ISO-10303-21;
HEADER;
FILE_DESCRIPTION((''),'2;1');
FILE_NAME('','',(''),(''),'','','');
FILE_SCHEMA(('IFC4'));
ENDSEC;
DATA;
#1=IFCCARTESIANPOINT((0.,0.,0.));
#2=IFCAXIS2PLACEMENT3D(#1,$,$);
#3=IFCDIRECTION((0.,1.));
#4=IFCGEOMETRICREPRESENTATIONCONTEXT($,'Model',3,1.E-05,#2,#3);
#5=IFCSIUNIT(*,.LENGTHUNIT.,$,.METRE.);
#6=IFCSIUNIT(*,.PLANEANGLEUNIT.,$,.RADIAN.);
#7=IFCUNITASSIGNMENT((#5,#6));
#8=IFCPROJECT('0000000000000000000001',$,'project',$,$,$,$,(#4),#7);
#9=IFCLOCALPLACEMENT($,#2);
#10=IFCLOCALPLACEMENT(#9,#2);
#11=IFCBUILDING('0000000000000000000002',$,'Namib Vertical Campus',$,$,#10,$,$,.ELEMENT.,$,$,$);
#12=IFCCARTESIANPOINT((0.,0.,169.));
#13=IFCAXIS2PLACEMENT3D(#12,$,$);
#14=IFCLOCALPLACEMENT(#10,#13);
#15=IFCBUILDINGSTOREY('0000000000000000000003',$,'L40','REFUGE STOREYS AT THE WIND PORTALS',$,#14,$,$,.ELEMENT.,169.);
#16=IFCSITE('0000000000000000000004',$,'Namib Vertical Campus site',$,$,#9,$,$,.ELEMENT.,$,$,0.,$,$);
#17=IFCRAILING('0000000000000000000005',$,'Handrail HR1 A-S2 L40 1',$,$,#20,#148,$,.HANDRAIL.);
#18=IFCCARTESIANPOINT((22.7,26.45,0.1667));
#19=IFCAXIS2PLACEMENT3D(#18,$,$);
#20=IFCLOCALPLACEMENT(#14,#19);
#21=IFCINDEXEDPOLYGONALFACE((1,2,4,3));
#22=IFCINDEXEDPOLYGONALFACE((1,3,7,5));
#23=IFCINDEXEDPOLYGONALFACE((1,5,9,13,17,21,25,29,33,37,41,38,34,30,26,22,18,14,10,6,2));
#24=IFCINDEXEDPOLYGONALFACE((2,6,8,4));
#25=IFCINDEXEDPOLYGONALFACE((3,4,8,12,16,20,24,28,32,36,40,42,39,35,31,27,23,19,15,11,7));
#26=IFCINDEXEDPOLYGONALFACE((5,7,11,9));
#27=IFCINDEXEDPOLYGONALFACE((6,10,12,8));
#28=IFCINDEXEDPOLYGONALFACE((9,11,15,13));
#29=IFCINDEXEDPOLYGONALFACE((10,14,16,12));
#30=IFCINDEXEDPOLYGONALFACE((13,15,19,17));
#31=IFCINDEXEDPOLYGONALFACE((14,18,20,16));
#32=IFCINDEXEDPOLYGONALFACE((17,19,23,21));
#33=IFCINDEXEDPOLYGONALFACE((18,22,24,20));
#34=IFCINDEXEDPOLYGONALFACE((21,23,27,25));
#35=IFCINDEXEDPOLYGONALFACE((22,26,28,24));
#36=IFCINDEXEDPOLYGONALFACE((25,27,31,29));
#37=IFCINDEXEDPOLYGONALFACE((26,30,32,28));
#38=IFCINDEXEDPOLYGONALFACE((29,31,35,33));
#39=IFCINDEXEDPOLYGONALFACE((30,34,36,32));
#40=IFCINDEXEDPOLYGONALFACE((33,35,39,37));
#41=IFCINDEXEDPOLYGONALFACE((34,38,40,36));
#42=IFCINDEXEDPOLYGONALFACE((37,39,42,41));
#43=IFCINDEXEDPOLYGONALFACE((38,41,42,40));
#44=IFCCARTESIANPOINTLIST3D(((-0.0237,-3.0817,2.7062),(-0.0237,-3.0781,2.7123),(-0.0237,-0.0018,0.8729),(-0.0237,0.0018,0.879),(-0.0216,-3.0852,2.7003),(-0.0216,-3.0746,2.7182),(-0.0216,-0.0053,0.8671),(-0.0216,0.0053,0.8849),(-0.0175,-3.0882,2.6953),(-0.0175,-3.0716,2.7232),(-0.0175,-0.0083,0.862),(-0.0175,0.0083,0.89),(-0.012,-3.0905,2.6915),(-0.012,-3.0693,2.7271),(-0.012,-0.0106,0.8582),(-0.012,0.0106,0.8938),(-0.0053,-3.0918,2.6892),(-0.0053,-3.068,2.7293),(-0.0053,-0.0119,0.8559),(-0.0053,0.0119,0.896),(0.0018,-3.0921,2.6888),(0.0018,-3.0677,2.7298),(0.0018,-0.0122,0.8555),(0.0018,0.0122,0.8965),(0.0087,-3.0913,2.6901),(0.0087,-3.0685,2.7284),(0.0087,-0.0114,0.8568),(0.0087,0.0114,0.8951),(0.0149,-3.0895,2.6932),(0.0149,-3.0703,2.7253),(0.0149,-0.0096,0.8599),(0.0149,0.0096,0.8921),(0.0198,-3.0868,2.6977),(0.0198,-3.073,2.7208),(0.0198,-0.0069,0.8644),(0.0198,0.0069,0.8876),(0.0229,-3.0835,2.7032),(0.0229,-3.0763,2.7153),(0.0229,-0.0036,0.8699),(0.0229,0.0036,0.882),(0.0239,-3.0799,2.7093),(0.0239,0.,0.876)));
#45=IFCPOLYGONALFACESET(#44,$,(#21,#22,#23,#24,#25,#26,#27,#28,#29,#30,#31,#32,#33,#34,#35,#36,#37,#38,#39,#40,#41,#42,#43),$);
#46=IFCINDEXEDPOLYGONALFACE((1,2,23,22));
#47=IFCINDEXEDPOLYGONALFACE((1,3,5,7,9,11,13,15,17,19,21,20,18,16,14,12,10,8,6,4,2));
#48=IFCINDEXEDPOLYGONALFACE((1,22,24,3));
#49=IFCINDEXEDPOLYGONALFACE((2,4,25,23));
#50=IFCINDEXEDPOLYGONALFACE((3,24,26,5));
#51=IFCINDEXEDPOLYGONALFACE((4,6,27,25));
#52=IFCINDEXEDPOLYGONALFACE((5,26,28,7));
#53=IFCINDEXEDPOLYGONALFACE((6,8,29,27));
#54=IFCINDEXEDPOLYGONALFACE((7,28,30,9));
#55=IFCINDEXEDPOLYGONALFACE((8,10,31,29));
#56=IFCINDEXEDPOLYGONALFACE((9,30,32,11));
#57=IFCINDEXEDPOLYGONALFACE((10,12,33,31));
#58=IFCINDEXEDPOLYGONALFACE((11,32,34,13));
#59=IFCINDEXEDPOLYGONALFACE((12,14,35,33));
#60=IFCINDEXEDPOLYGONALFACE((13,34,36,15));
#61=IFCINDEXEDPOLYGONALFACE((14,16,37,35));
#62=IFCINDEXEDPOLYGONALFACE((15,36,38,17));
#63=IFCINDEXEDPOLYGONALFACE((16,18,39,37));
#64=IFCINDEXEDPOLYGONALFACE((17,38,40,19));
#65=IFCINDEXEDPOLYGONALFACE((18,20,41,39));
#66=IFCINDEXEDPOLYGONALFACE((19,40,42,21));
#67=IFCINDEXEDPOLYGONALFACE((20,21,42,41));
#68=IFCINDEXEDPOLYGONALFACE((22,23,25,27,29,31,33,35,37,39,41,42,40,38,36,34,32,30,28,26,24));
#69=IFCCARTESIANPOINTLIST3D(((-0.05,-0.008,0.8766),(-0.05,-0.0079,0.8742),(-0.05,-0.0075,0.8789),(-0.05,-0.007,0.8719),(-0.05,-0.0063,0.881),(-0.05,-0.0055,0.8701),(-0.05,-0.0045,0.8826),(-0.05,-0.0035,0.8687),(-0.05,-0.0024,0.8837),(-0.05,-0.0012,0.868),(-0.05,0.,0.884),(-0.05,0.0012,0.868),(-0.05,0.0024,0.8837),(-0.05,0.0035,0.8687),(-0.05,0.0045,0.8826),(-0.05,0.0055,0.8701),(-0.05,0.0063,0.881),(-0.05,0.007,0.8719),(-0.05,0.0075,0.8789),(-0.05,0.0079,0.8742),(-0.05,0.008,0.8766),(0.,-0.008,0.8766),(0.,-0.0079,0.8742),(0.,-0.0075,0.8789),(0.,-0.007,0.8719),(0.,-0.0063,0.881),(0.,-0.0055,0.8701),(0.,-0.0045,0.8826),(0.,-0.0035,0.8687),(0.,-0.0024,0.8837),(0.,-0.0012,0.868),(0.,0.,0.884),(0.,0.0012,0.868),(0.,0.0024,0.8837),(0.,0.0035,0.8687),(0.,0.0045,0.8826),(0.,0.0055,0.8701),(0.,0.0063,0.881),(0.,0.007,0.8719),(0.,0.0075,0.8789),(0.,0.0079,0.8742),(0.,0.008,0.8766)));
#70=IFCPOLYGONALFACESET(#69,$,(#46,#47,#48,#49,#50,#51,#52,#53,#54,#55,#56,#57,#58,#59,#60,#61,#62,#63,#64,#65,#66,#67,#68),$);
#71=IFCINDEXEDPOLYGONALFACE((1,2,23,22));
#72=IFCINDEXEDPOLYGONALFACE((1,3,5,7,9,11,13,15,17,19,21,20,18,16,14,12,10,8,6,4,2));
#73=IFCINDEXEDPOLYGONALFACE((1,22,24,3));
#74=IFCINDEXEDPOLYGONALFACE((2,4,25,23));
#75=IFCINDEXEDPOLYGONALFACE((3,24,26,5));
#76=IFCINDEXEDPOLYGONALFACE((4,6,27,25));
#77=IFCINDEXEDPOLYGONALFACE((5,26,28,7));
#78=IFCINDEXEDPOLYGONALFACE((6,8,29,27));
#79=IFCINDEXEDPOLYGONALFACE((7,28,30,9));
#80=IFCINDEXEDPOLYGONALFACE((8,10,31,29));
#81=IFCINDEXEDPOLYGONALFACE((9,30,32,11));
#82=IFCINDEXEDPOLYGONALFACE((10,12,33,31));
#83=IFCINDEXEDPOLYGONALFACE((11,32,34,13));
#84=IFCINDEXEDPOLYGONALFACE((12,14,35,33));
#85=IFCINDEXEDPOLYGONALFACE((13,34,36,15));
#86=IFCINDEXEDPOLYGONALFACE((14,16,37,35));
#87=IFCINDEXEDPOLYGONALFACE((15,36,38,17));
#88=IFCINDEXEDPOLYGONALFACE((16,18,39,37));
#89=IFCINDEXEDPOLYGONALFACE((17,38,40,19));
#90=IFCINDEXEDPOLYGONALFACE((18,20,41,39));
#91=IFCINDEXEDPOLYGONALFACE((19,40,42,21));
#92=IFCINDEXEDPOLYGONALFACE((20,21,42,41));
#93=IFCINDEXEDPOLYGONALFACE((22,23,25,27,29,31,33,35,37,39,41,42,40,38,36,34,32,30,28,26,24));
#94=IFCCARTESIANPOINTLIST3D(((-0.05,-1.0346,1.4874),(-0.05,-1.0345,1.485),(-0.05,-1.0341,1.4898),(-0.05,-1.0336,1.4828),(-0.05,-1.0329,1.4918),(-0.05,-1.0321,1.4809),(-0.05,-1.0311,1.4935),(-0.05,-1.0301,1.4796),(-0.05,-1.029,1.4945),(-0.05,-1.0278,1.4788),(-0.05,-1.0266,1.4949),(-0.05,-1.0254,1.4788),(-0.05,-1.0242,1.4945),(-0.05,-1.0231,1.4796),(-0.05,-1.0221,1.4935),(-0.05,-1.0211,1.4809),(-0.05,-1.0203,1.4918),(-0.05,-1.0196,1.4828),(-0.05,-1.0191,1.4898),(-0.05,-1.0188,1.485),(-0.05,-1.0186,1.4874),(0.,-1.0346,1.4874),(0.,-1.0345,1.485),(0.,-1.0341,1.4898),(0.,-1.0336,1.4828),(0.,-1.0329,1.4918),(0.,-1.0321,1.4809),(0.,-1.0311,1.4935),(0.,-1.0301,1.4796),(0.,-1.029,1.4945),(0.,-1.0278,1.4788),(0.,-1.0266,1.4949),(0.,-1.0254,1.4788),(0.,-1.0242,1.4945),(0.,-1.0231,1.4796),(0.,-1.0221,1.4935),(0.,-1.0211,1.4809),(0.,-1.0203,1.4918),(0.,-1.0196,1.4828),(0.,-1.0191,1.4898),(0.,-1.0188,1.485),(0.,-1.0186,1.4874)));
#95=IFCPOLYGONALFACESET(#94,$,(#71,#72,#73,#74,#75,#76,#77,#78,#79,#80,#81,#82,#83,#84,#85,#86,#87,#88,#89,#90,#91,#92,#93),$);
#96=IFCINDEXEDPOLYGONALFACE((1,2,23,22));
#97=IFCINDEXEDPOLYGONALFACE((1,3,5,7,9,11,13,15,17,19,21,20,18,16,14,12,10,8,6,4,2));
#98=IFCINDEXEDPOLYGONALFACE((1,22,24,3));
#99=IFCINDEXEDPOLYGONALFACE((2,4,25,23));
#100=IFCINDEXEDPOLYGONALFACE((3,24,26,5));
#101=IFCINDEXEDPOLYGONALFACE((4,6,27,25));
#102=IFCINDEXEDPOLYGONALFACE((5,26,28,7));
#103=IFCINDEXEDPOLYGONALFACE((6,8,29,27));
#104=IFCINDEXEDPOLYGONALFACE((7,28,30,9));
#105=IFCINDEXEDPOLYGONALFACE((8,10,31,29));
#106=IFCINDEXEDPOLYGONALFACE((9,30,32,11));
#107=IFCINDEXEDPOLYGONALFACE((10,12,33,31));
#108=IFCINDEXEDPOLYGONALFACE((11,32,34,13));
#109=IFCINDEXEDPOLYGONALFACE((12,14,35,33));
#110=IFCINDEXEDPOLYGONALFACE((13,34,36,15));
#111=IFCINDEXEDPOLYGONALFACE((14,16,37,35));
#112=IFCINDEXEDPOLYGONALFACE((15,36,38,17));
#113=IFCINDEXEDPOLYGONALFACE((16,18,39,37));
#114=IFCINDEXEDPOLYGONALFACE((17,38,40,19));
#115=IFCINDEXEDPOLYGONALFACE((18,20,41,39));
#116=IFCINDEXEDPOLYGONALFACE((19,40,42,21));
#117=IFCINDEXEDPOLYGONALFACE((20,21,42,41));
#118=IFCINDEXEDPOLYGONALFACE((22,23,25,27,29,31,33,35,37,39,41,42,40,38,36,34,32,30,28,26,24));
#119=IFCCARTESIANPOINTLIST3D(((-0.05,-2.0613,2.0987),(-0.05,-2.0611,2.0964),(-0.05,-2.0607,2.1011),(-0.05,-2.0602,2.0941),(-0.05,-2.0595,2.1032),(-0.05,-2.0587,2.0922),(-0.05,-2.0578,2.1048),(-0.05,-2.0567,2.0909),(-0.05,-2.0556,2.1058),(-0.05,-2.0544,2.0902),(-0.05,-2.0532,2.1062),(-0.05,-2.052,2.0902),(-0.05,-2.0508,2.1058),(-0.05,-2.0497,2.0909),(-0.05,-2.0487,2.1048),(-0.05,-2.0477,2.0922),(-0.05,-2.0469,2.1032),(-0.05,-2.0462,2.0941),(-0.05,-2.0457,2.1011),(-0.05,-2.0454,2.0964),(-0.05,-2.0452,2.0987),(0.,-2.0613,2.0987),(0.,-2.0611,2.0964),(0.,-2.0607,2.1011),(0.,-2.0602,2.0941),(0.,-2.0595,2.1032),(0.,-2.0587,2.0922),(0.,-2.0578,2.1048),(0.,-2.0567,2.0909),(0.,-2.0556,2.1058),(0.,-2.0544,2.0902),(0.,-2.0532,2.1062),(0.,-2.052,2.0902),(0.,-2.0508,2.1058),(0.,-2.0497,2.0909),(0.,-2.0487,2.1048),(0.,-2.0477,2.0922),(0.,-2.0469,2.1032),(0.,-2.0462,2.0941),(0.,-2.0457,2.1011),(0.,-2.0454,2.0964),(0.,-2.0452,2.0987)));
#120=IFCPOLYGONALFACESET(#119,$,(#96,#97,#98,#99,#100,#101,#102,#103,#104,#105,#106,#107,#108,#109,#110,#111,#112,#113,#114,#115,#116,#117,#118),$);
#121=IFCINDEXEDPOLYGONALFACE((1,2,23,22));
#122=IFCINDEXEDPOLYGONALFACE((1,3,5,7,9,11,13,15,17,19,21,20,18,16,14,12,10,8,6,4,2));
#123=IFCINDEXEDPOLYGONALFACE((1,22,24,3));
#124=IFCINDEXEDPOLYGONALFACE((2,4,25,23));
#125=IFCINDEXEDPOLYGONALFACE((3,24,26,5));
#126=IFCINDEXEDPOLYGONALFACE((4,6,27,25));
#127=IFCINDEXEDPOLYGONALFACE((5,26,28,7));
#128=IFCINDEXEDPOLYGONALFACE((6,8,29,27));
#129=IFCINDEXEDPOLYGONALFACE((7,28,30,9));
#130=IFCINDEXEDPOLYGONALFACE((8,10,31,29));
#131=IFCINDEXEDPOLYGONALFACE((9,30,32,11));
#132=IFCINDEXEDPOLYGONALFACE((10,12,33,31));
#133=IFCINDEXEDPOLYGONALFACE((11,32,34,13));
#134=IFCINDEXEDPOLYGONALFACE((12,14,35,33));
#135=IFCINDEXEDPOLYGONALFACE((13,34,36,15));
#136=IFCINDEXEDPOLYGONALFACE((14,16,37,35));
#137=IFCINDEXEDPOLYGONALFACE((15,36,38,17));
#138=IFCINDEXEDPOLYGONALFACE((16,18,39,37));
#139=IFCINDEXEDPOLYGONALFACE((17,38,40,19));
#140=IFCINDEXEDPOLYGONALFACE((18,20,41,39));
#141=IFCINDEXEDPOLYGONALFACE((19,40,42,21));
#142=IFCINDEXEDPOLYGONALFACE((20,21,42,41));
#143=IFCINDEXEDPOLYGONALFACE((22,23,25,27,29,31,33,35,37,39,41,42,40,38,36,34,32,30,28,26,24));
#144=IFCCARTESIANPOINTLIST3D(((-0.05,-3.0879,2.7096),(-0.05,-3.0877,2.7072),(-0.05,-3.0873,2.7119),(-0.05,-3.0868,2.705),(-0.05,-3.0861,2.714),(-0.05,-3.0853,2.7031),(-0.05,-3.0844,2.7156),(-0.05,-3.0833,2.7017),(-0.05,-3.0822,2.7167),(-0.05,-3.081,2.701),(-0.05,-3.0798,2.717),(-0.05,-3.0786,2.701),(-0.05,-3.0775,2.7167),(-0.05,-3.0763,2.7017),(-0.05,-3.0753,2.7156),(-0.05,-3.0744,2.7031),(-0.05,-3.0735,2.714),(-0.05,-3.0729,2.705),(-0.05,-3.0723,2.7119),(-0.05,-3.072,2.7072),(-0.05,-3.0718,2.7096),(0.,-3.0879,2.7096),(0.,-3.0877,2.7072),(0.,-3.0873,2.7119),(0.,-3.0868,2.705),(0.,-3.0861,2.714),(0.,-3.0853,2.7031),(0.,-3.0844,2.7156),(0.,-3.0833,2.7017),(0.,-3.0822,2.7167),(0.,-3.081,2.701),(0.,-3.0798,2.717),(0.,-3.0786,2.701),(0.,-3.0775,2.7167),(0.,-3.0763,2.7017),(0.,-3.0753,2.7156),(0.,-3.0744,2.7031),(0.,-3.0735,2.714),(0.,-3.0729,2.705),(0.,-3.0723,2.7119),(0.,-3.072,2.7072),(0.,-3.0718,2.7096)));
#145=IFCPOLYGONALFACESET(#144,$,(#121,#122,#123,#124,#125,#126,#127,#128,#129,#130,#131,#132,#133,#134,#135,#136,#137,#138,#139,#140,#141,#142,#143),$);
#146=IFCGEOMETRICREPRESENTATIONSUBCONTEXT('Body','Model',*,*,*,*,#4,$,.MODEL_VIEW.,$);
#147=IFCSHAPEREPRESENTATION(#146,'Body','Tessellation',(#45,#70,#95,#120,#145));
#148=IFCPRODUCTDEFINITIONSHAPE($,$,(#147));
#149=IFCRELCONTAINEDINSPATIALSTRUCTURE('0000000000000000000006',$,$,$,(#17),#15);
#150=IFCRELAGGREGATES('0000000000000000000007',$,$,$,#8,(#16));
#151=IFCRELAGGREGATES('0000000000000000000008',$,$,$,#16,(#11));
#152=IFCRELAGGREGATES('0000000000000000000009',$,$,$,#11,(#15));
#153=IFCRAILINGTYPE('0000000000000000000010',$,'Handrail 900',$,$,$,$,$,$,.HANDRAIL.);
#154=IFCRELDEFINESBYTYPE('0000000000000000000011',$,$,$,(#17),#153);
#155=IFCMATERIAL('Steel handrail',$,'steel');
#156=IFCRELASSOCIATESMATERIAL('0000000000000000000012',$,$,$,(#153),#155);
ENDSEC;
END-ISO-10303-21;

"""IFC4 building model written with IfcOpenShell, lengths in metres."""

from ifc_helpers import new_model, si_unit, direction, frame, origin, origin_2d, place, context, subcontext, project, spatial, circle, extrude, material, type_object, element, save


model = new_model("IFC4")

# Units and contexts
model_context = context("Model", 3, precision=1e-05, world=origin(), true_north=direction((0.0, 1.0)))
body_context = subcontext(model_context, "Body", "Model", "MODEL_VIEW")
ifc_project = project(units=[si_unit("LENGTHUNIT", "METRE"), si_unit("PLANEANGLEUNIT", "RADIAN")], contexts=[model_context])

# Site, building, storey
site_placement = place(None, origin())
site = spatial("IfcSite", under=ifc_project, at=site_placement, Name="Namib Vertical Campus site", CompositionType="ELEMENT", RefElevation=0.0)
building_placement = place(site_placement, origin())
building = spatial("IfcBuilding", under=site, at=building_placement, Name="Namib Vertical Campus", CompositionType="ELEMENT")
storey_placement = place(building_placement, frame((0.0, 0.0, 169.0)))
storey = spatial("IfcBuildingStorey", under=building, at=storey_placement, Name="L40", Description="REFUGE STOREYS AT THE WIND PORTALS", CompositionType="ELEMENT", Elevation=169.0)

# Railing
ifc_material_1 = material(Name="Steel handrail", Category="steel")
railing_type_1 = type_object("IfcRailingType", Name="Handrail 900", PredefinedType="HANDRAIL", material=ifc_material_1)
railing_1_placement = place(storey_placement, frame((22.7, 26.45, 0.1667)))
element("IfcRailing", 1, at=railing_1_placement, inside=storey, type_object=railing_type_1, Name="Handrail HR1 A-S2 L40 1", PredefinedType="HANDRAIL", context=body_context, shape_type="SweptSolid", body=[
    extrude(circle(Radius=0.0239, at=origin_2d()), frame((0.0, 0.0, 0.876), z_axis=(0.0, -0.859291, 0.511487), x_axis=(1.0, 0.0, 0.0)), (0.0, 0.0, 1.0), 3.5842),
    extrude(circle(Radius=0.0081, at=origin_2d()), frame((0.0, 0.0, 0.876), z_axis=(-1.0, 0.0, 0.0), x_axis=(0.0, 0.0, 1.0)), (0.0, 0.0, 1.0), 0.05),
    extrude(circle(Radius=0.0081, at=origin_2d()), frame((0.0, -1.0266, 1.4868), z_axis=(-1.0, 0.0, 0.0), x_axis=(0.0, 0.0, 1.0)), (0.0, 0.0, 1.0), 0.05),
    extrude(circle(Radius=0.0081, at=origin_2d()), frame((0.0, -2.0532, 2.0981), z_axis=(-1.0, 0.0, 0.0), x_axis=(0.0, 0.0, 1.0)), (0.0, 0.0, 1.0), 0.05),
    extrude(circle(Radius=0.0081, at=origin_2d()), frame((0.0, -3.0798, 2.709), z_axis=(-1.0, 0.0, 0.0), x_axis=(0.0, 0.0, 1.0)), (0.0, 0.0, 1.0), 0.05),
])

save(model, "model.ifc")
